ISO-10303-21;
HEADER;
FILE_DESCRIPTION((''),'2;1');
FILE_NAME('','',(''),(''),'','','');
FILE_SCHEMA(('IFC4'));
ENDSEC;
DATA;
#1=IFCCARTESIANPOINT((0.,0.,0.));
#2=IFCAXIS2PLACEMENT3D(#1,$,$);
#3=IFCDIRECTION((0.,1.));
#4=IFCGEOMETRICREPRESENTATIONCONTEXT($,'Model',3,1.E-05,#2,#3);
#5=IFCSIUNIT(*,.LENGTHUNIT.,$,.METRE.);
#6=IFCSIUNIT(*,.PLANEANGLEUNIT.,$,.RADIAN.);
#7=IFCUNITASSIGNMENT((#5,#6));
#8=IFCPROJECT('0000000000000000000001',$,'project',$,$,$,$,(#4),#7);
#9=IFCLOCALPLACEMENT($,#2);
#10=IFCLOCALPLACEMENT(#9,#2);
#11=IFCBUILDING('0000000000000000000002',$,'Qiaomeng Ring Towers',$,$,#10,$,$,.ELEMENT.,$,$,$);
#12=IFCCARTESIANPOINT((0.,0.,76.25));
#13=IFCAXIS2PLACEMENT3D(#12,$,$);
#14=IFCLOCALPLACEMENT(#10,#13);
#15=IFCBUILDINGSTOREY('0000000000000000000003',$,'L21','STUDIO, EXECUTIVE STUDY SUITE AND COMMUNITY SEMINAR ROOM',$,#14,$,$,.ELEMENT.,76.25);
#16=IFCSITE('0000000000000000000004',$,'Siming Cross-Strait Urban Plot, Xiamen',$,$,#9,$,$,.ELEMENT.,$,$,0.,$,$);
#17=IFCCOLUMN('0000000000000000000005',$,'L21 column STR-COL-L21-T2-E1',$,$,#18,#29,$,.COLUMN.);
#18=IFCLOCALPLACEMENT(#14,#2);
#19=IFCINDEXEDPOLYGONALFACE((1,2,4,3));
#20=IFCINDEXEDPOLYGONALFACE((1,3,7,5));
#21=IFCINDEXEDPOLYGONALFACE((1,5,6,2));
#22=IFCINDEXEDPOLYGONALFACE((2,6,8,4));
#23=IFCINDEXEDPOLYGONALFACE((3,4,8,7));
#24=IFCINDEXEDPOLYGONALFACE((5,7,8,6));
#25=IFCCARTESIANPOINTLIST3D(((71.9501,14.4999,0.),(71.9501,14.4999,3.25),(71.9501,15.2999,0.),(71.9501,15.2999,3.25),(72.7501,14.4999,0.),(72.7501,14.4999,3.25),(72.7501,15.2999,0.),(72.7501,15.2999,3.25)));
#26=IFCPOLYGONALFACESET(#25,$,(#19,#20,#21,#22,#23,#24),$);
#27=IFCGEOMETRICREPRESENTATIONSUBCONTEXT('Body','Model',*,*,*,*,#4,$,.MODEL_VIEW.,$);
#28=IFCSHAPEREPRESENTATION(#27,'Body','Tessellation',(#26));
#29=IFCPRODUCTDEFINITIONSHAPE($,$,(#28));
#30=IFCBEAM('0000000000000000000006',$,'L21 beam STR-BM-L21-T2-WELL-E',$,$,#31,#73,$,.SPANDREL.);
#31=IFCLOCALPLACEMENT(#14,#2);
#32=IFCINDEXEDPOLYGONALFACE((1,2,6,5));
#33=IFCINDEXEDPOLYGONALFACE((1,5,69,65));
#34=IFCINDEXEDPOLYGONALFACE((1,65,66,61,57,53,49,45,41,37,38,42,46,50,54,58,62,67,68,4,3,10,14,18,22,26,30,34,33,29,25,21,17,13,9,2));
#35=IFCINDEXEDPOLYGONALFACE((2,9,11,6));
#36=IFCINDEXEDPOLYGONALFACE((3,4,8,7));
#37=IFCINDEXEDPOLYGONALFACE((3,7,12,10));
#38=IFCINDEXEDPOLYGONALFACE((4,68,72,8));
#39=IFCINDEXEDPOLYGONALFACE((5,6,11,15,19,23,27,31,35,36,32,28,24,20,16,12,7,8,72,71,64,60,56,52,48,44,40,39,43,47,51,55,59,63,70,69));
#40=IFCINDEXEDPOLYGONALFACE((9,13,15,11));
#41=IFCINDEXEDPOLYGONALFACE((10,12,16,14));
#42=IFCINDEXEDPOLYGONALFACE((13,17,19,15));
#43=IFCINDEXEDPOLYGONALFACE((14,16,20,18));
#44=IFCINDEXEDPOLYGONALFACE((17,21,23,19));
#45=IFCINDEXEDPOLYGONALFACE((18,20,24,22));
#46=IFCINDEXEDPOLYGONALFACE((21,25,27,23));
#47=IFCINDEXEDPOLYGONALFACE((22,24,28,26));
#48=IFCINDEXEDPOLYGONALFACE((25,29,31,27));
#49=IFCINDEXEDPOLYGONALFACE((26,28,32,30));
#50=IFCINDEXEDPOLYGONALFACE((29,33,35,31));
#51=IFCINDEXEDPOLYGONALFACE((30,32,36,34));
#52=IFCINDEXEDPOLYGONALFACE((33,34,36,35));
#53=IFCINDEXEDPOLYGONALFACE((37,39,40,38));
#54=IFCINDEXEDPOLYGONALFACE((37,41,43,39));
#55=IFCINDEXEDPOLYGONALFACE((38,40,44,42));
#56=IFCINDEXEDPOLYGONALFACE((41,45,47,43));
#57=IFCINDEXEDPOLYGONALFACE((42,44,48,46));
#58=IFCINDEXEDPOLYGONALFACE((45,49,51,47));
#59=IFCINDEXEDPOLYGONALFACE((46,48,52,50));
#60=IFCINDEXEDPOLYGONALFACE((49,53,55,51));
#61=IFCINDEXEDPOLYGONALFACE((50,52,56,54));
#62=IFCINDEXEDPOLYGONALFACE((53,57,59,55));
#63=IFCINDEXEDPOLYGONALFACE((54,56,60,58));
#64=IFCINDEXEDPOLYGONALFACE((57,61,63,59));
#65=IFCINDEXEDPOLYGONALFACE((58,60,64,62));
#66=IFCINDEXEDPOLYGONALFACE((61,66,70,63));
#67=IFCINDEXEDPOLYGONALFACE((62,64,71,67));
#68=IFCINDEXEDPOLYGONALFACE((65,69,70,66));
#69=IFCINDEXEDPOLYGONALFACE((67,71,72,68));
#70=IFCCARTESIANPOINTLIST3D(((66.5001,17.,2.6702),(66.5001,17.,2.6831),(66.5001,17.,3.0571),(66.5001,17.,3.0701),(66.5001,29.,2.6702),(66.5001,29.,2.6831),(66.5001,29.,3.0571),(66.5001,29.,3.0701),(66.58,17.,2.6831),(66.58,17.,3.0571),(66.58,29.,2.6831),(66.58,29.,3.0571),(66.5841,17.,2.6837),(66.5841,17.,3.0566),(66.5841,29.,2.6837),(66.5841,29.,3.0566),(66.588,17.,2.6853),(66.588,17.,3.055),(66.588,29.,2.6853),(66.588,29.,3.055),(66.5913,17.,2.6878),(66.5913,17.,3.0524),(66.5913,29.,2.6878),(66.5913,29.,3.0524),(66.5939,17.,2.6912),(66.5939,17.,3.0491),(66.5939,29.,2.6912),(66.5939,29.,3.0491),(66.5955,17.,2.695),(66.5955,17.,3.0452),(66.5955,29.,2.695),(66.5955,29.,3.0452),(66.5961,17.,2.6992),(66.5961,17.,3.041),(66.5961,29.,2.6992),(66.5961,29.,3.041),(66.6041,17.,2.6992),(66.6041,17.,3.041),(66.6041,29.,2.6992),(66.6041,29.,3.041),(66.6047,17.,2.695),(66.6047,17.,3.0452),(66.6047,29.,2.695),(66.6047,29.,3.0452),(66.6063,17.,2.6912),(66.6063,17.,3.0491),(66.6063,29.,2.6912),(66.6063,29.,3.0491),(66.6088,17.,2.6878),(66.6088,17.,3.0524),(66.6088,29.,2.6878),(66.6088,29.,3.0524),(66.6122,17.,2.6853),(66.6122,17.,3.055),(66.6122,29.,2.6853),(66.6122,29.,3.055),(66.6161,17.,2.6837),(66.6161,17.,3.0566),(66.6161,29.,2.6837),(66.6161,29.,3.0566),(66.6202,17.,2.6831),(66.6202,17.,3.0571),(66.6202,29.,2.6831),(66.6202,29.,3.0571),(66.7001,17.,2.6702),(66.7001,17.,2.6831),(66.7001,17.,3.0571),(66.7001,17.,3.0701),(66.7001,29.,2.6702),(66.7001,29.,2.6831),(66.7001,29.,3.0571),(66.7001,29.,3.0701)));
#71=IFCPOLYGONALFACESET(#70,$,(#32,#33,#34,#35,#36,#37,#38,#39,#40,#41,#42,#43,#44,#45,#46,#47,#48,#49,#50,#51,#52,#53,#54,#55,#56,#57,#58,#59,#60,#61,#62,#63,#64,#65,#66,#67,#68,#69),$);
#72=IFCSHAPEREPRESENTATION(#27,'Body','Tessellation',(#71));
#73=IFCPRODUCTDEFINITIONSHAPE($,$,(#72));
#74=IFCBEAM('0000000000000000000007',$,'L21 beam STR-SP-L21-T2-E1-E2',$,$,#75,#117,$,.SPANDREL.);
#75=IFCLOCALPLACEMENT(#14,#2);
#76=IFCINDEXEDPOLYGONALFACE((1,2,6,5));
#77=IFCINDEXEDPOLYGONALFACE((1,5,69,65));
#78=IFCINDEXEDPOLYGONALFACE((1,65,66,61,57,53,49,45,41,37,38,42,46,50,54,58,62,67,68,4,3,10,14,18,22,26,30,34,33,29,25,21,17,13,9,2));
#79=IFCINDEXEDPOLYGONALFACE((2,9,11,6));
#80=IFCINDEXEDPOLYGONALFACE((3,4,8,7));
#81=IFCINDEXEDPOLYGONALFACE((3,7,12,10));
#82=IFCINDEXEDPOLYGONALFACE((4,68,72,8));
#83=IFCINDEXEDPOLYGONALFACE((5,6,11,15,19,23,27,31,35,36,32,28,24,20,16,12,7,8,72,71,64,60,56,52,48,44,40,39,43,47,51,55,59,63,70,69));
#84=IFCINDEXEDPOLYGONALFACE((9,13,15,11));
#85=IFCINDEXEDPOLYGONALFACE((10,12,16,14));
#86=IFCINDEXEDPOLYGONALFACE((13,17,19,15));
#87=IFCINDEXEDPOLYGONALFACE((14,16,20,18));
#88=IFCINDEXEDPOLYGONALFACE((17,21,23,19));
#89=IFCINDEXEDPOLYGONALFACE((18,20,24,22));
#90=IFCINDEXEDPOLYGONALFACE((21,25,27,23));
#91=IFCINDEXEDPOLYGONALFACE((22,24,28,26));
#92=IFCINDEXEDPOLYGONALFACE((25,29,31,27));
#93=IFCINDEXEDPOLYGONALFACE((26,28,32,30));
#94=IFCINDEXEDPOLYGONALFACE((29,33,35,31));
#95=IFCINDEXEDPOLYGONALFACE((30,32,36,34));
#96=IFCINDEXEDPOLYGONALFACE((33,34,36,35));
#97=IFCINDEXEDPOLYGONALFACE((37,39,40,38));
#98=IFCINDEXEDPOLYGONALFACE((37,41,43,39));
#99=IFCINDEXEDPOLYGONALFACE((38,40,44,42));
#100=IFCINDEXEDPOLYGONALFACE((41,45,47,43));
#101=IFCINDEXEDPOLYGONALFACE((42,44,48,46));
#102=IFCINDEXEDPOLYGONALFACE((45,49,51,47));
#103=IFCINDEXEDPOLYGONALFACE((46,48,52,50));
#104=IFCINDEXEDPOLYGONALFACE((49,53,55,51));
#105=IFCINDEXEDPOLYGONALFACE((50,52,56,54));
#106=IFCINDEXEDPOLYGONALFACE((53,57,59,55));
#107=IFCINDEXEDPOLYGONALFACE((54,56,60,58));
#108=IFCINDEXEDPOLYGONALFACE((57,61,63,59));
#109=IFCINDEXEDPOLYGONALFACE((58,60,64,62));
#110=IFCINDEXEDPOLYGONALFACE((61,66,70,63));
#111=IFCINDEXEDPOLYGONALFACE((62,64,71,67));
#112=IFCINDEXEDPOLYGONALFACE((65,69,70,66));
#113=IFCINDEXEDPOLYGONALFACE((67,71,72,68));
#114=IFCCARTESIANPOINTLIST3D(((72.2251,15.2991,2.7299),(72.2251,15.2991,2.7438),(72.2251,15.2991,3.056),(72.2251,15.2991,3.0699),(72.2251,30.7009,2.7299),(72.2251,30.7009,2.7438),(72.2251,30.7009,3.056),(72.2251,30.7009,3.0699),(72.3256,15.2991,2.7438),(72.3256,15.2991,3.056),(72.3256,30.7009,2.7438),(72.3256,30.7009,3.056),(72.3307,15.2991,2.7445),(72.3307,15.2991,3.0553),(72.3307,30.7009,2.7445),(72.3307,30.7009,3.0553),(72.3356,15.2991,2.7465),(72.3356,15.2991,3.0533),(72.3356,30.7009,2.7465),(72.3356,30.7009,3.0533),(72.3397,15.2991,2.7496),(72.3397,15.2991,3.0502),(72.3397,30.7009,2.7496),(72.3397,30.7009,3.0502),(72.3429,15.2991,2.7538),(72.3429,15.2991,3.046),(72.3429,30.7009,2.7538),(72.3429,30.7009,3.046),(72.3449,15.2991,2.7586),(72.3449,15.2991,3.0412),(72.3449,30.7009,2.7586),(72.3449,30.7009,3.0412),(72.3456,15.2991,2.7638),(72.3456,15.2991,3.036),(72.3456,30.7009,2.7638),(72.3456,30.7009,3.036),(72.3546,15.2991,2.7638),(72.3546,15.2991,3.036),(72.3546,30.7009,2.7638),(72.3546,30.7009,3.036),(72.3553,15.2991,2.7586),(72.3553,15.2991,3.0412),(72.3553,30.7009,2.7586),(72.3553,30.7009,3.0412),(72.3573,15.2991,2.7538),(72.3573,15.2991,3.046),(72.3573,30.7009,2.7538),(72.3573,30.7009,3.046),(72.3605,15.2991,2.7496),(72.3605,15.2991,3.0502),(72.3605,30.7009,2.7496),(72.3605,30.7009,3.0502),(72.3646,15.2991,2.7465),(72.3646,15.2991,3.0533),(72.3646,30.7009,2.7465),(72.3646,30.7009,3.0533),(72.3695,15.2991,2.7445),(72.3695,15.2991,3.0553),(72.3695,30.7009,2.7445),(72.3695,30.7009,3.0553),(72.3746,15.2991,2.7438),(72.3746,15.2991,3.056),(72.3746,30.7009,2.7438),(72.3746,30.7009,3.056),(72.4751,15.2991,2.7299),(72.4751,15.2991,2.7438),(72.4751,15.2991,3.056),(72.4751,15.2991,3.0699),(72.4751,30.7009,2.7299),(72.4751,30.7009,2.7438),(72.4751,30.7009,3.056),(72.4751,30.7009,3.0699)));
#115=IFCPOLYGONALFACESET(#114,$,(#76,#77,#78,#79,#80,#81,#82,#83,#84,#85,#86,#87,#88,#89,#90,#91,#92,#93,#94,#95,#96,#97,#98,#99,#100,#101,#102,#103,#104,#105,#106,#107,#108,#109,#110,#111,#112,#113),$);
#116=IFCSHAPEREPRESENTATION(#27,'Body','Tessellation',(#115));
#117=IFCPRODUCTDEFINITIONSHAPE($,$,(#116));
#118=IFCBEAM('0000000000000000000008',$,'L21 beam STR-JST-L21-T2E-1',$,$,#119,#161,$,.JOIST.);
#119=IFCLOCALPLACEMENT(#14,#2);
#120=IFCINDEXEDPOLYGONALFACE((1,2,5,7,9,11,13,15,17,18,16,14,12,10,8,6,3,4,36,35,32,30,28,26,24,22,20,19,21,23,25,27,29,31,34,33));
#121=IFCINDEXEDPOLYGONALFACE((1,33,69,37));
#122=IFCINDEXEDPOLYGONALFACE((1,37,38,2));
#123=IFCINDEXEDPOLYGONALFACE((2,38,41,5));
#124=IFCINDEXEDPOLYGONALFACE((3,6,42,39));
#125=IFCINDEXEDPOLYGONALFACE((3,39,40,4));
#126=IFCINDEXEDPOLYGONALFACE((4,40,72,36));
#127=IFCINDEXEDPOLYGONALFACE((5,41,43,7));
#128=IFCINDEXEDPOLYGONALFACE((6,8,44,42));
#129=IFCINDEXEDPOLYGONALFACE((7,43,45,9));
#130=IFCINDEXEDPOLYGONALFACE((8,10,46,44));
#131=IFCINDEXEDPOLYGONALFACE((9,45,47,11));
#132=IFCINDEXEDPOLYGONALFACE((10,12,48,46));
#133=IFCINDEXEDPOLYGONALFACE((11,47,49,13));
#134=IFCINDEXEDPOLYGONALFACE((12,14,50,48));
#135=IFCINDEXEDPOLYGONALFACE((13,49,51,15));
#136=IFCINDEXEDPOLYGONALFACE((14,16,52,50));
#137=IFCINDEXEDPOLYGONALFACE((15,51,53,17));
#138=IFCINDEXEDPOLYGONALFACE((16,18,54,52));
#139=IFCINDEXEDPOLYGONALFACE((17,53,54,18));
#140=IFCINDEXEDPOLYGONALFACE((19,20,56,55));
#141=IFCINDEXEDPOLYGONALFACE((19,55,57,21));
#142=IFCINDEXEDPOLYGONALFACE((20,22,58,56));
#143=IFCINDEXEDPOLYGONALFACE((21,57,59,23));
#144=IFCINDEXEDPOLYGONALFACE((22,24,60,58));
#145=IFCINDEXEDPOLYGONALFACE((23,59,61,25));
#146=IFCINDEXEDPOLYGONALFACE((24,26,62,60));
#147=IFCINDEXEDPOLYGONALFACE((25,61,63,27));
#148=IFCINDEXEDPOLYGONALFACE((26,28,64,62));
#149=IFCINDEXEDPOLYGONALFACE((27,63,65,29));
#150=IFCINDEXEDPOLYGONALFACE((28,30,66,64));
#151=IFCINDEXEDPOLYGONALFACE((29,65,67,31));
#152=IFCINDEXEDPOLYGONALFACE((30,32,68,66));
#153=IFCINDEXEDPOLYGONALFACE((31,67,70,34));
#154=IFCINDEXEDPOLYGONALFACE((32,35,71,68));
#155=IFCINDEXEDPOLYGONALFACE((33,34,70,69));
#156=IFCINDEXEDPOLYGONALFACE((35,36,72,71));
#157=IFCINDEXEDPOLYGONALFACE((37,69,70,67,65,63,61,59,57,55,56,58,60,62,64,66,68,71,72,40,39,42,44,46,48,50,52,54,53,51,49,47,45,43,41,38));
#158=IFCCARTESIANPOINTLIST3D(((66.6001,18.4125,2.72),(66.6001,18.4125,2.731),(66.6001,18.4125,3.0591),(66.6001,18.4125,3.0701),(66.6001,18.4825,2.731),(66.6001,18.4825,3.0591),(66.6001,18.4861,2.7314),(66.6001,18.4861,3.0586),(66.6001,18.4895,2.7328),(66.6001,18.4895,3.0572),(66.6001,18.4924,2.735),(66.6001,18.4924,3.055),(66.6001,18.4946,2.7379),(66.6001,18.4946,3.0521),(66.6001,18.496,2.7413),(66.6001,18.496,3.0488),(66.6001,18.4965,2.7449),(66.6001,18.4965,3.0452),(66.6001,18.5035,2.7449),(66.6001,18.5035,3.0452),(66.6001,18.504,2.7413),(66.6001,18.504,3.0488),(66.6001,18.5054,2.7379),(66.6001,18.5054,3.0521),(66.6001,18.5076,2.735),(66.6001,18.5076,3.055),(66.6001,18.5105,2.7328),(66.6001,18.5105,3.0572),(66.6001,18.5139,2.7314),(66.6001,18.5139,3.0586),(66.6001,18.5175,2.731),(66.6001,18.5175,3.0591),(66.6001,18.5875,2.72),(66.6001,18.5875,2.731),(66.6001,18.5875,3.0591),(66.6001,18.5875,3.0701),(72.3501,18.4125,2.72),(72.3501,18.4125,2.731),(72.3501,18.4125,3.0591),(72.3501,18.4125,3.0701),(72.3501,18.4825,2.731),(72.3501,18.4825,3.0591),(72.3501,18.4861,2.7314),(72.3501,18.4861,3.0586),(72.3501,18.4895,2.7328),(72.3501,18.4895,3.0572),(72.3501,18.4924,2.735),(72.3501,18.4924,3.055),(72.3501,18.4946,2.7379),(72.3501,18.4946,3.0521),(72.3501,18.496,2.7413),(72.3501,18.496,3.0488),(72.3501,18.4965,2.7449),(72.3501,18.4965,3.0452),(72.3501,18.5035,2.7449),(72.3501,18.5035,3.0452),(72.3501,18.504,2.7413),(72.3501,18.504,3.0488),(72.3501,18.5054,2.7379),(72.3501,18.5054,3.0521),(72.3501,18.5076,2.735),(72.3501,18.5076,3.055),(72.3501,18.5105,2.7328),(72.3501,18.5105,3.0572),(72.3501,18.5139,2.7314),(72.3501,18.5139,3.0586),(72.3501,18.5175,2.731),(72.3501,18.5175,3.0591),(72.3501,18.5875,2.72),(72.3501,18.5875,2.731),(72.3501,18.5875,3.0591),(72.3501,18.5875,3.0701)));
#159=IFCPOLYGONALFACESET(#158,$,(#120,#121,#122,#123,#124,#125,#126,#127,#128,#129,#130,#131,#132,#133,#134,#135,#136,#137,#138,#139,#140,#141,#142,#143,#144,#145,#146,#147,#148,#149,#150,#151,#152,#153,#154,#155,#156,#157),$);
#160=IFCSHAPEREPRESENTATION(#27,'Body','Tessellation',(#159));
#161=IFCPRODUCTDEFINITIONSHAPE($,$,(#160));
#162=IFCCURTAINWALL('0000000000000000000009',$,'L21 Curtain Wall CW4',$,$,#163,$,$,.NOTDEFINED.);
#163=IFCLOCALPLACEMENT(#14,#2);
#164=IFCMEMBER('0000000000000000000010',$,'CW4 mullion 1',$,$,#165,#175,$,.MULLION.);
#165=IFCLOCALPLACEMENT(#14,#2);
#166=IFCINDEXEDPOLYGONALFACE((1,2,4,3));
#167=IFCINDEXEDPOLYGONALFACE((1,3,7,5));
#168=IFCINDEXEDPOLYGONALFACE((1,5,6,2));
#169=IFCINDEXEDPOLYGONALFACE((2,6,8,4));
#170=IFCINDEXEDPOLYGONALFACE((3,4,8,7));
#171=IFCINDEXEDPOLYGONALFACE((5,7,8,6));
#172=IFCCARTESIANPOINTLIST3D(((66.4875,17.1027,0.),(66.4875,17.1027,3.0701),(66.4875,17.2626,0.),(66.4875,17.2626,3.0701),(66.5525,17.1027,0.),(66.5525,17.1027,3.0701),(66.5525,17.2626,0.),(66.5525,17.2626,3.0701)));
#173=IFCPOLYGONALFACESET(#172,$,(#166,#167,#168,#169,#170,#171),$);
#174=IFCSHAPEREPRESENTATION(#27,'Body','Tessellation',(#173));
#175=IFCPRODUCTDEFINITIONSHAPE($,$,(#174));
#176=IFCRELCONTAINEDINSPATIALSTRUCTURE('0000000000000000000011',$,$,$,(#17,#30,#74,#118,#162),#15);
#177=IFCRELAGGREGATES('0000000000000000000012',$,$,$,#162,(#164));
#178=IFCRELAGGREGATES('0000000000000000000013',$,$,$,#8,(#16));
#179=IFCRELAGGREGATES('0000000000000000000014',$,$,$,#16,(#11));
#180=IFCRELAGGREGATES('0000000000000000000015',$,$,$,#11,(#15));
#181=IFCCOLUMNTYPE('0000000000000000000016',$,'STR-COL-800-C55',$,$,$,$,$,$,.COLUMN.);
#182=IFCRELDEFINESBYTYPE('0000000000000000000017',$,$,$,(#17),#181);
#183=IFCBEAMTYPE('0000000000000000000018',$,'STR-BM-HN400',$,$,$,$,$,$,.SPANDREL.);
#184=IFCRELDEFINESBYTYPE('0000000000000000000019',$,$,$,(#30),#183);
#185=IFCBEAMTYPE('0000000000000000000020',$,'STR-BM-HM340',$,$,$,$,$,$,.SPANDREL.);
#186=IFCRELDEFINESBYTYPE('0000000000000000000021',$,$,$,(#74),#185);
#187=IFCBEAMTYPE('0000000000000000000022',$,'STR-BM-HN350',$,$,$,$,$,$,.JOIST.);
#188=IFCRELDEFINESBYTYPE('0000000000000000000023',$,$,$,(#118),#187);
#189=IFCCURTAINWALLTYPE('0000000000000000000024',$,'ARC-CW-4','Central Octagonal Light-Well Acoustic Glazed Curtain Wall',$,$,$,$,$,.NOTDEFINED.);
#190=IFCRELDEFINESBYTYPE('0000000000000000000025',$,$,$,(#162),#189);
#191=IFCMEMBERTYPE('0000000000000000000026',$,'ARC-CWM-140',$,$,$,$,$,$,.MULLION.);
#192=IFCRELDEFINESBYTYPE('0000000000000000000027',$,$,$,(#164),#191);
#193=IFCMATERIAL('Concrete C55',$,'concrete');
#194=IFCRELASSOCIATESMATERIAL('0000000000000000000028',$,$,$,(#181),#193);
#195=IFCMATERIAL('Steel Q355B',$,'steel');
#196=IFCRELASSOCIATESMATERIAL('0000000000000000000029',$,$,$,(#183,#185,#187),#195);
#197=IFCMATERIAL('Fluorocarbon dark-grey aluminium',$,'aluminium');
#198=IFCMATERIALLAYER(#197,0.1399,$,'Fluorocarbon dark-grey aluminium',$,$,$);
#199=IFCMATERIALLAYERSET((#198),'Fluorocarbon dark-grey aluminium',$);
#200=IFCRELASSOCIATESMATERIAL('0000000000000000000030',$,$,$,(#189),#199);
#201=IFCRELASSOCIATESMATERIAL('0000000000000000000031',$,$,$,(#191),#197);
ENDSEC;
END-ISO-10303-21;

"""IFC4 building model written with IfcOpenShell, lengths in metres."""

from ifc_helpers import new_model, si_unit, direction, frame, origin, origin_2d, place, context, subcontext, project, spatial, rectangle, i_section, extrude, source, transform, mapped, material, layer, layer_set, material_profile, profile_set, type_object, element, aggregate, save


model = new_model("IFC4")

# Units and contexts
model_context = context("Model", 3, precision=1e-05, world=origin(), true_north=direction((0.0, 1.0)))
body_context = subcontext(model_context, "Body", "Model", "MODEL_VIEW")
ifc_project = project(units=[si_unit("LENGTHUNIT", "METRE"), si_unit("PLANEANGLEUNIT", "RADIAN")], contexts=[model_context])

# Site, building, storey
site_placement = place(None, origin())
site = spatial("IfcSite", under=ifc_project, at=site_placement, Name="Siming Cross-Strait Urban Plot, Xiamen", CompositionType="ELEMENT", RefElevation=0.0)
building_placement = place(site_placement, origin())
building = spatial("IfcBuilding", under=site, at=building_placement, Name="Qiaomeng Ring Towers", CompositionType="ELEMENT")
storey_placement = place(building_placement, frame((0.0, 0.0, 76.25)))
storey = spatial("IfcBuildingStorey", under=building, at=storey_placement, Name="L21", Description="STUDIO, EXECUTIVE STUDY SUITE AND COMMUNITY SEMINAR ROOM", CompositionType="ELEMENT", Elevation=76.25)

# Column
ifc_material_1 = material(Name="Concrete C55", Category="concrete")
ifc_material_profile_1 = material_profile(ifc_material_1, rectangle(XDim=0.8, YDim=0.8, at=origin_2d()), Name="RC COL 800x800")
ifc_profile_set_1 = profile_set([ifc_material_profile_1], Name="Concrete C55")
column_type = type_object("IfcColumnType", Name="STR-COL-800-C55", PredefinedType="COLUMN", material=ifc_profile_set_1)
shared_shape_1 = source(origin(), body_context, "Body", "SweptSolid", [
    extrude(rectangle(XDim=0.8, YDim=0.8, at=origin_2d()), origin(), (0.0, 0.0, 1.0), 3.25),
])
column_placement = place(storey_placement, frame((72.3501, 14.8999, 0.0), z_axis=(0.0, 0.0, 1.0), x_axis=(1.0, 0.0, 0.0)))
element("IfcColumn", 1, at=column_placement, inside=storey, type_object=column_type, Name="L21 column STR-COL-L21-T2-E1", PredefinedType="COLUMN", context=body_context, shape_type="MappedRepresentation", body=[
    mapped(shared_shape_1, transform((0.0, 0.0, 0.0), x_axis=(1.0, 0.0, 0.0), y_axis=(0.0, 1.0, 0.0), z_axis=(0.0, 0.0, 1.0), scale=1.0)),
])

# Beams
ifc_material_2 = material(Name="Steel Q355B", Category="steel")
ifc_material_profile_2 = material_profile(ifc_material_2, i_section(OverallWidth=0.2, OverallDepth=0.3999, WebThickness=0.0081, FlangeThickness=0.0129, FilletRadius=0.0161, at=origin_2d()), Name="HN 400x200x8x13")
ifc_profile_set_2 = profile_set([ifc_material_profile_2], Name="Steel Q355B")
beam_type_1 = type_object("IfcBeamType", Name="STR-BM-HN400", PredefinedType="SPANDREL", material=ifc_profile_set_2)
shared_shape_2 = source(origin(), body_context, "Body", "SweptSolid", [
    extrude(i_section(OverallWidth=0.2, OverallDepth=0.3999, WebThickness=0.0081, FlangeThickness=0.0129, FilletRadius=0.0161, at=origin_2d()), origin(), (0.0, 0.0, 1.0), 12.0),
])
beam_1_placement = place(storey_placement, frame((66.6001, 17.0, 2.8701), z_axis=(0.0, 1.0, 0.0), x_axis=(-1.0, 0.0, 0.0)))
element("IfcBeam", 2, at=beam_1_placement, inside=storey, type_object=beam_type_1, Name="L21 beam STR-BM-L21-T2-WELL-E", PredefinedType="SPANDREL", context=body_context, shape_type="MappedRepresentation", body=[
    mapped(shared_shape_2, transform((0.0, 0.0, 0.0), x_axis=(1.0, 0.0, 0.0), y_axis=(0.0, 1.0, 0.0), z_axis=(0.0, 0.0, 1.0), scale=1.0)),
])
ifc_material_profile_3 = material_profile(ifc_material_2, i_section(OverallWidth=0.25, OverallDepth=0.3401, WebThickness=0.009, FlangeThickness=0.0139, FilletRadius=0.02, at=origin_2d()), Name="HM 340x250x9x14")
ifc_profile_set_3 = profile_set([ifc_material_profile_3], Name="Steel Q355B")
beam_type_2 = type_object("IfcBeamType", Name="STR-BM-HM340", PredefinedType="SPANDREL", material=ifc_profile_set_3)
shared_shape_3 = source(origin(), body_context, "Body", "SweptSolid", [
    extrude(i_section(OverallWidth=0.25, OverallDepth=0.3401, WebThickness=0.009, FlangeThickness=0.0139, FilletRadius=0.02, at=origin_2d()), origin(), (0.0, 0.0, 1.0), 15.4019),
])
beam_2_placement = place(storey_placement, frame((72.3501, 15.2991, 2.8999), z_axis=(0.0, 1.0, 0.0), x_axis=(-1.0, 0.0, 0.0)))
element("IfcBeam", 3, at=beam_2_placement, inside=storey, type_object=beam_type_2, Name="L21 beam STR-SP-L21-T2-E1-E2", PredefinedType="SPANDREL", context=body_context, shape_type="MappedRepresentation", body=[
    mapped(shared_shape_3, transform((0.0, 0.0, 0.0), x_axis=(1.0, 0.0, 0.0), y_axis=(0.0, 1.0, 0.0), z_axis=(0.0, 0.0, 1.0), scale=1.0)),
])
ifc_material_profile_4 = material_profile(ifc_material_2, i_section(OverallWidth=0.175, OverallDepth=0.3501, WebThickness=0.0071, FlangeThickness=0.011, FilletRadius=0.0139, at=origin_2d()), Name="HN 350x175x7x11")
ifc_profile_set_4 = profile_set([ifc_material_profile_4], Name="Steel Q355B")
beam_type_3 = type_object("IfcBeamType", Name="STR-BM-HN350", PredefinedType="JOIST", material=ifc_profile_set_4)
shared_shape_4 = source(origin(), body_context, "Body", "SweptSolid", [
    extrude(i_section(OverallWidth=0.175, OverallDepth=0.3501, WebThickness=0.0071, FlangeThickness=0.011, FilletRadius=0.0139, at=origin_2d()), origin(), (0.0, 0.0, 1.0), 5.75),
])
beam_3_placement = place(storey_placement, frame((66.6001, 18.5, 2.895), z_axis=(1.0, 0.0, 0.0), x_axis=(0.0, 1.0, 0.0)))
element("IfcBeam", 4, at=beam_3_placement, inside=storey, type_object=beam_type_3, Name="L21 beam STR-JST-L21-T2E-1", PredefinedType="JOIST", context=body_context, shape_type="MappedRepresentation", body=[
    mapped(shared_shape_4, transform((0.0, 0.0, 0.0), x_axis=(1.0, 0.0, 0.0), y_axis=(0.0, 1.0, 0.0), z_axis=(0.0, 0.0, 1.0), scale=1.0)),
])

# Curtain wall, member
ifc_material_3 = material(Name="Fluorocarbon dark-grey aluminium", Category="aluminium")
ifc_layer_1 = layer(ifc_material_3, 0.1399, Name="Fluorocarbon dark-grey aluminium")
ifc_layer_set_1 = layer_set([ifc_layer_1], Name="Fluorocarbon dark-grey aluminium")
curtain_wall_type = type_object("IfcCurtainWallType", Name="ARC-CW-4", Description="Central Octagonal Light-Well Acoustic Glazed Curtain Wall", PredefinedType="NOTDEFINED", material=ifc_layer_set_1)
curtain_wall_placement = place(storey_placement, origin())
curtain_wall = element("IfcCurtainWall", 5, at=curtain_wall_placement, inside=storey, type_object=curtain_wall_type, Name="L21 Curtain Wall CW4", PredefinedType="NOTDEFINED")
ifc_material_profile_5 = material_profile(ifc_material_3, rectangle(XDim=0.0649, YDim=0.1599, at=origin_2d()), Name="ALU MULL 65x160")
ifc_profile_set_5 = profile_set([ifc_material_profile_5], Name="Fluorocarbon dark-grey aluminium")
member_type_1 = type_object("IfcMemberType", Name="ARC-CWM-140", PredefinedType="MULLION", material=ifc_profile_set_5)
shared_shape_5 = source(origin(), body_context, "Body", "SweptSolid", [
    extrude(rectangle(XDim=0.0649, YDim=0.1599, at=origin_2d()), origin(), (0.0, 0.0, 1.0), 3.0701),
])
member_1_placement = place(storey_placement, frame((66.52, 17.1826, 0.0), z_axis=(0.0, 0.0, 1.0), x_axis=(-1.0, 0.0, 0.0)))
member_1 = element("IfcMember", 6, at=member_1_placement, type_object=member_type_1, Name="CW4 mullion 1", PredefinedType="MULLION", context=body_context, shape_type="MappedRepresentation", body=[
    mapped(shared_shape_5, transform((0.0, 0.0, 0.0), x_axis=(1.0, 0.0, 0.0), y_axis=(0.0, 1.0, 0.0), z_axis=(0.0, 0.0, 1.0), scale=1.0)),
])
aggregate(curtain_wall, [member_1])

save(model, "model.ifc")
